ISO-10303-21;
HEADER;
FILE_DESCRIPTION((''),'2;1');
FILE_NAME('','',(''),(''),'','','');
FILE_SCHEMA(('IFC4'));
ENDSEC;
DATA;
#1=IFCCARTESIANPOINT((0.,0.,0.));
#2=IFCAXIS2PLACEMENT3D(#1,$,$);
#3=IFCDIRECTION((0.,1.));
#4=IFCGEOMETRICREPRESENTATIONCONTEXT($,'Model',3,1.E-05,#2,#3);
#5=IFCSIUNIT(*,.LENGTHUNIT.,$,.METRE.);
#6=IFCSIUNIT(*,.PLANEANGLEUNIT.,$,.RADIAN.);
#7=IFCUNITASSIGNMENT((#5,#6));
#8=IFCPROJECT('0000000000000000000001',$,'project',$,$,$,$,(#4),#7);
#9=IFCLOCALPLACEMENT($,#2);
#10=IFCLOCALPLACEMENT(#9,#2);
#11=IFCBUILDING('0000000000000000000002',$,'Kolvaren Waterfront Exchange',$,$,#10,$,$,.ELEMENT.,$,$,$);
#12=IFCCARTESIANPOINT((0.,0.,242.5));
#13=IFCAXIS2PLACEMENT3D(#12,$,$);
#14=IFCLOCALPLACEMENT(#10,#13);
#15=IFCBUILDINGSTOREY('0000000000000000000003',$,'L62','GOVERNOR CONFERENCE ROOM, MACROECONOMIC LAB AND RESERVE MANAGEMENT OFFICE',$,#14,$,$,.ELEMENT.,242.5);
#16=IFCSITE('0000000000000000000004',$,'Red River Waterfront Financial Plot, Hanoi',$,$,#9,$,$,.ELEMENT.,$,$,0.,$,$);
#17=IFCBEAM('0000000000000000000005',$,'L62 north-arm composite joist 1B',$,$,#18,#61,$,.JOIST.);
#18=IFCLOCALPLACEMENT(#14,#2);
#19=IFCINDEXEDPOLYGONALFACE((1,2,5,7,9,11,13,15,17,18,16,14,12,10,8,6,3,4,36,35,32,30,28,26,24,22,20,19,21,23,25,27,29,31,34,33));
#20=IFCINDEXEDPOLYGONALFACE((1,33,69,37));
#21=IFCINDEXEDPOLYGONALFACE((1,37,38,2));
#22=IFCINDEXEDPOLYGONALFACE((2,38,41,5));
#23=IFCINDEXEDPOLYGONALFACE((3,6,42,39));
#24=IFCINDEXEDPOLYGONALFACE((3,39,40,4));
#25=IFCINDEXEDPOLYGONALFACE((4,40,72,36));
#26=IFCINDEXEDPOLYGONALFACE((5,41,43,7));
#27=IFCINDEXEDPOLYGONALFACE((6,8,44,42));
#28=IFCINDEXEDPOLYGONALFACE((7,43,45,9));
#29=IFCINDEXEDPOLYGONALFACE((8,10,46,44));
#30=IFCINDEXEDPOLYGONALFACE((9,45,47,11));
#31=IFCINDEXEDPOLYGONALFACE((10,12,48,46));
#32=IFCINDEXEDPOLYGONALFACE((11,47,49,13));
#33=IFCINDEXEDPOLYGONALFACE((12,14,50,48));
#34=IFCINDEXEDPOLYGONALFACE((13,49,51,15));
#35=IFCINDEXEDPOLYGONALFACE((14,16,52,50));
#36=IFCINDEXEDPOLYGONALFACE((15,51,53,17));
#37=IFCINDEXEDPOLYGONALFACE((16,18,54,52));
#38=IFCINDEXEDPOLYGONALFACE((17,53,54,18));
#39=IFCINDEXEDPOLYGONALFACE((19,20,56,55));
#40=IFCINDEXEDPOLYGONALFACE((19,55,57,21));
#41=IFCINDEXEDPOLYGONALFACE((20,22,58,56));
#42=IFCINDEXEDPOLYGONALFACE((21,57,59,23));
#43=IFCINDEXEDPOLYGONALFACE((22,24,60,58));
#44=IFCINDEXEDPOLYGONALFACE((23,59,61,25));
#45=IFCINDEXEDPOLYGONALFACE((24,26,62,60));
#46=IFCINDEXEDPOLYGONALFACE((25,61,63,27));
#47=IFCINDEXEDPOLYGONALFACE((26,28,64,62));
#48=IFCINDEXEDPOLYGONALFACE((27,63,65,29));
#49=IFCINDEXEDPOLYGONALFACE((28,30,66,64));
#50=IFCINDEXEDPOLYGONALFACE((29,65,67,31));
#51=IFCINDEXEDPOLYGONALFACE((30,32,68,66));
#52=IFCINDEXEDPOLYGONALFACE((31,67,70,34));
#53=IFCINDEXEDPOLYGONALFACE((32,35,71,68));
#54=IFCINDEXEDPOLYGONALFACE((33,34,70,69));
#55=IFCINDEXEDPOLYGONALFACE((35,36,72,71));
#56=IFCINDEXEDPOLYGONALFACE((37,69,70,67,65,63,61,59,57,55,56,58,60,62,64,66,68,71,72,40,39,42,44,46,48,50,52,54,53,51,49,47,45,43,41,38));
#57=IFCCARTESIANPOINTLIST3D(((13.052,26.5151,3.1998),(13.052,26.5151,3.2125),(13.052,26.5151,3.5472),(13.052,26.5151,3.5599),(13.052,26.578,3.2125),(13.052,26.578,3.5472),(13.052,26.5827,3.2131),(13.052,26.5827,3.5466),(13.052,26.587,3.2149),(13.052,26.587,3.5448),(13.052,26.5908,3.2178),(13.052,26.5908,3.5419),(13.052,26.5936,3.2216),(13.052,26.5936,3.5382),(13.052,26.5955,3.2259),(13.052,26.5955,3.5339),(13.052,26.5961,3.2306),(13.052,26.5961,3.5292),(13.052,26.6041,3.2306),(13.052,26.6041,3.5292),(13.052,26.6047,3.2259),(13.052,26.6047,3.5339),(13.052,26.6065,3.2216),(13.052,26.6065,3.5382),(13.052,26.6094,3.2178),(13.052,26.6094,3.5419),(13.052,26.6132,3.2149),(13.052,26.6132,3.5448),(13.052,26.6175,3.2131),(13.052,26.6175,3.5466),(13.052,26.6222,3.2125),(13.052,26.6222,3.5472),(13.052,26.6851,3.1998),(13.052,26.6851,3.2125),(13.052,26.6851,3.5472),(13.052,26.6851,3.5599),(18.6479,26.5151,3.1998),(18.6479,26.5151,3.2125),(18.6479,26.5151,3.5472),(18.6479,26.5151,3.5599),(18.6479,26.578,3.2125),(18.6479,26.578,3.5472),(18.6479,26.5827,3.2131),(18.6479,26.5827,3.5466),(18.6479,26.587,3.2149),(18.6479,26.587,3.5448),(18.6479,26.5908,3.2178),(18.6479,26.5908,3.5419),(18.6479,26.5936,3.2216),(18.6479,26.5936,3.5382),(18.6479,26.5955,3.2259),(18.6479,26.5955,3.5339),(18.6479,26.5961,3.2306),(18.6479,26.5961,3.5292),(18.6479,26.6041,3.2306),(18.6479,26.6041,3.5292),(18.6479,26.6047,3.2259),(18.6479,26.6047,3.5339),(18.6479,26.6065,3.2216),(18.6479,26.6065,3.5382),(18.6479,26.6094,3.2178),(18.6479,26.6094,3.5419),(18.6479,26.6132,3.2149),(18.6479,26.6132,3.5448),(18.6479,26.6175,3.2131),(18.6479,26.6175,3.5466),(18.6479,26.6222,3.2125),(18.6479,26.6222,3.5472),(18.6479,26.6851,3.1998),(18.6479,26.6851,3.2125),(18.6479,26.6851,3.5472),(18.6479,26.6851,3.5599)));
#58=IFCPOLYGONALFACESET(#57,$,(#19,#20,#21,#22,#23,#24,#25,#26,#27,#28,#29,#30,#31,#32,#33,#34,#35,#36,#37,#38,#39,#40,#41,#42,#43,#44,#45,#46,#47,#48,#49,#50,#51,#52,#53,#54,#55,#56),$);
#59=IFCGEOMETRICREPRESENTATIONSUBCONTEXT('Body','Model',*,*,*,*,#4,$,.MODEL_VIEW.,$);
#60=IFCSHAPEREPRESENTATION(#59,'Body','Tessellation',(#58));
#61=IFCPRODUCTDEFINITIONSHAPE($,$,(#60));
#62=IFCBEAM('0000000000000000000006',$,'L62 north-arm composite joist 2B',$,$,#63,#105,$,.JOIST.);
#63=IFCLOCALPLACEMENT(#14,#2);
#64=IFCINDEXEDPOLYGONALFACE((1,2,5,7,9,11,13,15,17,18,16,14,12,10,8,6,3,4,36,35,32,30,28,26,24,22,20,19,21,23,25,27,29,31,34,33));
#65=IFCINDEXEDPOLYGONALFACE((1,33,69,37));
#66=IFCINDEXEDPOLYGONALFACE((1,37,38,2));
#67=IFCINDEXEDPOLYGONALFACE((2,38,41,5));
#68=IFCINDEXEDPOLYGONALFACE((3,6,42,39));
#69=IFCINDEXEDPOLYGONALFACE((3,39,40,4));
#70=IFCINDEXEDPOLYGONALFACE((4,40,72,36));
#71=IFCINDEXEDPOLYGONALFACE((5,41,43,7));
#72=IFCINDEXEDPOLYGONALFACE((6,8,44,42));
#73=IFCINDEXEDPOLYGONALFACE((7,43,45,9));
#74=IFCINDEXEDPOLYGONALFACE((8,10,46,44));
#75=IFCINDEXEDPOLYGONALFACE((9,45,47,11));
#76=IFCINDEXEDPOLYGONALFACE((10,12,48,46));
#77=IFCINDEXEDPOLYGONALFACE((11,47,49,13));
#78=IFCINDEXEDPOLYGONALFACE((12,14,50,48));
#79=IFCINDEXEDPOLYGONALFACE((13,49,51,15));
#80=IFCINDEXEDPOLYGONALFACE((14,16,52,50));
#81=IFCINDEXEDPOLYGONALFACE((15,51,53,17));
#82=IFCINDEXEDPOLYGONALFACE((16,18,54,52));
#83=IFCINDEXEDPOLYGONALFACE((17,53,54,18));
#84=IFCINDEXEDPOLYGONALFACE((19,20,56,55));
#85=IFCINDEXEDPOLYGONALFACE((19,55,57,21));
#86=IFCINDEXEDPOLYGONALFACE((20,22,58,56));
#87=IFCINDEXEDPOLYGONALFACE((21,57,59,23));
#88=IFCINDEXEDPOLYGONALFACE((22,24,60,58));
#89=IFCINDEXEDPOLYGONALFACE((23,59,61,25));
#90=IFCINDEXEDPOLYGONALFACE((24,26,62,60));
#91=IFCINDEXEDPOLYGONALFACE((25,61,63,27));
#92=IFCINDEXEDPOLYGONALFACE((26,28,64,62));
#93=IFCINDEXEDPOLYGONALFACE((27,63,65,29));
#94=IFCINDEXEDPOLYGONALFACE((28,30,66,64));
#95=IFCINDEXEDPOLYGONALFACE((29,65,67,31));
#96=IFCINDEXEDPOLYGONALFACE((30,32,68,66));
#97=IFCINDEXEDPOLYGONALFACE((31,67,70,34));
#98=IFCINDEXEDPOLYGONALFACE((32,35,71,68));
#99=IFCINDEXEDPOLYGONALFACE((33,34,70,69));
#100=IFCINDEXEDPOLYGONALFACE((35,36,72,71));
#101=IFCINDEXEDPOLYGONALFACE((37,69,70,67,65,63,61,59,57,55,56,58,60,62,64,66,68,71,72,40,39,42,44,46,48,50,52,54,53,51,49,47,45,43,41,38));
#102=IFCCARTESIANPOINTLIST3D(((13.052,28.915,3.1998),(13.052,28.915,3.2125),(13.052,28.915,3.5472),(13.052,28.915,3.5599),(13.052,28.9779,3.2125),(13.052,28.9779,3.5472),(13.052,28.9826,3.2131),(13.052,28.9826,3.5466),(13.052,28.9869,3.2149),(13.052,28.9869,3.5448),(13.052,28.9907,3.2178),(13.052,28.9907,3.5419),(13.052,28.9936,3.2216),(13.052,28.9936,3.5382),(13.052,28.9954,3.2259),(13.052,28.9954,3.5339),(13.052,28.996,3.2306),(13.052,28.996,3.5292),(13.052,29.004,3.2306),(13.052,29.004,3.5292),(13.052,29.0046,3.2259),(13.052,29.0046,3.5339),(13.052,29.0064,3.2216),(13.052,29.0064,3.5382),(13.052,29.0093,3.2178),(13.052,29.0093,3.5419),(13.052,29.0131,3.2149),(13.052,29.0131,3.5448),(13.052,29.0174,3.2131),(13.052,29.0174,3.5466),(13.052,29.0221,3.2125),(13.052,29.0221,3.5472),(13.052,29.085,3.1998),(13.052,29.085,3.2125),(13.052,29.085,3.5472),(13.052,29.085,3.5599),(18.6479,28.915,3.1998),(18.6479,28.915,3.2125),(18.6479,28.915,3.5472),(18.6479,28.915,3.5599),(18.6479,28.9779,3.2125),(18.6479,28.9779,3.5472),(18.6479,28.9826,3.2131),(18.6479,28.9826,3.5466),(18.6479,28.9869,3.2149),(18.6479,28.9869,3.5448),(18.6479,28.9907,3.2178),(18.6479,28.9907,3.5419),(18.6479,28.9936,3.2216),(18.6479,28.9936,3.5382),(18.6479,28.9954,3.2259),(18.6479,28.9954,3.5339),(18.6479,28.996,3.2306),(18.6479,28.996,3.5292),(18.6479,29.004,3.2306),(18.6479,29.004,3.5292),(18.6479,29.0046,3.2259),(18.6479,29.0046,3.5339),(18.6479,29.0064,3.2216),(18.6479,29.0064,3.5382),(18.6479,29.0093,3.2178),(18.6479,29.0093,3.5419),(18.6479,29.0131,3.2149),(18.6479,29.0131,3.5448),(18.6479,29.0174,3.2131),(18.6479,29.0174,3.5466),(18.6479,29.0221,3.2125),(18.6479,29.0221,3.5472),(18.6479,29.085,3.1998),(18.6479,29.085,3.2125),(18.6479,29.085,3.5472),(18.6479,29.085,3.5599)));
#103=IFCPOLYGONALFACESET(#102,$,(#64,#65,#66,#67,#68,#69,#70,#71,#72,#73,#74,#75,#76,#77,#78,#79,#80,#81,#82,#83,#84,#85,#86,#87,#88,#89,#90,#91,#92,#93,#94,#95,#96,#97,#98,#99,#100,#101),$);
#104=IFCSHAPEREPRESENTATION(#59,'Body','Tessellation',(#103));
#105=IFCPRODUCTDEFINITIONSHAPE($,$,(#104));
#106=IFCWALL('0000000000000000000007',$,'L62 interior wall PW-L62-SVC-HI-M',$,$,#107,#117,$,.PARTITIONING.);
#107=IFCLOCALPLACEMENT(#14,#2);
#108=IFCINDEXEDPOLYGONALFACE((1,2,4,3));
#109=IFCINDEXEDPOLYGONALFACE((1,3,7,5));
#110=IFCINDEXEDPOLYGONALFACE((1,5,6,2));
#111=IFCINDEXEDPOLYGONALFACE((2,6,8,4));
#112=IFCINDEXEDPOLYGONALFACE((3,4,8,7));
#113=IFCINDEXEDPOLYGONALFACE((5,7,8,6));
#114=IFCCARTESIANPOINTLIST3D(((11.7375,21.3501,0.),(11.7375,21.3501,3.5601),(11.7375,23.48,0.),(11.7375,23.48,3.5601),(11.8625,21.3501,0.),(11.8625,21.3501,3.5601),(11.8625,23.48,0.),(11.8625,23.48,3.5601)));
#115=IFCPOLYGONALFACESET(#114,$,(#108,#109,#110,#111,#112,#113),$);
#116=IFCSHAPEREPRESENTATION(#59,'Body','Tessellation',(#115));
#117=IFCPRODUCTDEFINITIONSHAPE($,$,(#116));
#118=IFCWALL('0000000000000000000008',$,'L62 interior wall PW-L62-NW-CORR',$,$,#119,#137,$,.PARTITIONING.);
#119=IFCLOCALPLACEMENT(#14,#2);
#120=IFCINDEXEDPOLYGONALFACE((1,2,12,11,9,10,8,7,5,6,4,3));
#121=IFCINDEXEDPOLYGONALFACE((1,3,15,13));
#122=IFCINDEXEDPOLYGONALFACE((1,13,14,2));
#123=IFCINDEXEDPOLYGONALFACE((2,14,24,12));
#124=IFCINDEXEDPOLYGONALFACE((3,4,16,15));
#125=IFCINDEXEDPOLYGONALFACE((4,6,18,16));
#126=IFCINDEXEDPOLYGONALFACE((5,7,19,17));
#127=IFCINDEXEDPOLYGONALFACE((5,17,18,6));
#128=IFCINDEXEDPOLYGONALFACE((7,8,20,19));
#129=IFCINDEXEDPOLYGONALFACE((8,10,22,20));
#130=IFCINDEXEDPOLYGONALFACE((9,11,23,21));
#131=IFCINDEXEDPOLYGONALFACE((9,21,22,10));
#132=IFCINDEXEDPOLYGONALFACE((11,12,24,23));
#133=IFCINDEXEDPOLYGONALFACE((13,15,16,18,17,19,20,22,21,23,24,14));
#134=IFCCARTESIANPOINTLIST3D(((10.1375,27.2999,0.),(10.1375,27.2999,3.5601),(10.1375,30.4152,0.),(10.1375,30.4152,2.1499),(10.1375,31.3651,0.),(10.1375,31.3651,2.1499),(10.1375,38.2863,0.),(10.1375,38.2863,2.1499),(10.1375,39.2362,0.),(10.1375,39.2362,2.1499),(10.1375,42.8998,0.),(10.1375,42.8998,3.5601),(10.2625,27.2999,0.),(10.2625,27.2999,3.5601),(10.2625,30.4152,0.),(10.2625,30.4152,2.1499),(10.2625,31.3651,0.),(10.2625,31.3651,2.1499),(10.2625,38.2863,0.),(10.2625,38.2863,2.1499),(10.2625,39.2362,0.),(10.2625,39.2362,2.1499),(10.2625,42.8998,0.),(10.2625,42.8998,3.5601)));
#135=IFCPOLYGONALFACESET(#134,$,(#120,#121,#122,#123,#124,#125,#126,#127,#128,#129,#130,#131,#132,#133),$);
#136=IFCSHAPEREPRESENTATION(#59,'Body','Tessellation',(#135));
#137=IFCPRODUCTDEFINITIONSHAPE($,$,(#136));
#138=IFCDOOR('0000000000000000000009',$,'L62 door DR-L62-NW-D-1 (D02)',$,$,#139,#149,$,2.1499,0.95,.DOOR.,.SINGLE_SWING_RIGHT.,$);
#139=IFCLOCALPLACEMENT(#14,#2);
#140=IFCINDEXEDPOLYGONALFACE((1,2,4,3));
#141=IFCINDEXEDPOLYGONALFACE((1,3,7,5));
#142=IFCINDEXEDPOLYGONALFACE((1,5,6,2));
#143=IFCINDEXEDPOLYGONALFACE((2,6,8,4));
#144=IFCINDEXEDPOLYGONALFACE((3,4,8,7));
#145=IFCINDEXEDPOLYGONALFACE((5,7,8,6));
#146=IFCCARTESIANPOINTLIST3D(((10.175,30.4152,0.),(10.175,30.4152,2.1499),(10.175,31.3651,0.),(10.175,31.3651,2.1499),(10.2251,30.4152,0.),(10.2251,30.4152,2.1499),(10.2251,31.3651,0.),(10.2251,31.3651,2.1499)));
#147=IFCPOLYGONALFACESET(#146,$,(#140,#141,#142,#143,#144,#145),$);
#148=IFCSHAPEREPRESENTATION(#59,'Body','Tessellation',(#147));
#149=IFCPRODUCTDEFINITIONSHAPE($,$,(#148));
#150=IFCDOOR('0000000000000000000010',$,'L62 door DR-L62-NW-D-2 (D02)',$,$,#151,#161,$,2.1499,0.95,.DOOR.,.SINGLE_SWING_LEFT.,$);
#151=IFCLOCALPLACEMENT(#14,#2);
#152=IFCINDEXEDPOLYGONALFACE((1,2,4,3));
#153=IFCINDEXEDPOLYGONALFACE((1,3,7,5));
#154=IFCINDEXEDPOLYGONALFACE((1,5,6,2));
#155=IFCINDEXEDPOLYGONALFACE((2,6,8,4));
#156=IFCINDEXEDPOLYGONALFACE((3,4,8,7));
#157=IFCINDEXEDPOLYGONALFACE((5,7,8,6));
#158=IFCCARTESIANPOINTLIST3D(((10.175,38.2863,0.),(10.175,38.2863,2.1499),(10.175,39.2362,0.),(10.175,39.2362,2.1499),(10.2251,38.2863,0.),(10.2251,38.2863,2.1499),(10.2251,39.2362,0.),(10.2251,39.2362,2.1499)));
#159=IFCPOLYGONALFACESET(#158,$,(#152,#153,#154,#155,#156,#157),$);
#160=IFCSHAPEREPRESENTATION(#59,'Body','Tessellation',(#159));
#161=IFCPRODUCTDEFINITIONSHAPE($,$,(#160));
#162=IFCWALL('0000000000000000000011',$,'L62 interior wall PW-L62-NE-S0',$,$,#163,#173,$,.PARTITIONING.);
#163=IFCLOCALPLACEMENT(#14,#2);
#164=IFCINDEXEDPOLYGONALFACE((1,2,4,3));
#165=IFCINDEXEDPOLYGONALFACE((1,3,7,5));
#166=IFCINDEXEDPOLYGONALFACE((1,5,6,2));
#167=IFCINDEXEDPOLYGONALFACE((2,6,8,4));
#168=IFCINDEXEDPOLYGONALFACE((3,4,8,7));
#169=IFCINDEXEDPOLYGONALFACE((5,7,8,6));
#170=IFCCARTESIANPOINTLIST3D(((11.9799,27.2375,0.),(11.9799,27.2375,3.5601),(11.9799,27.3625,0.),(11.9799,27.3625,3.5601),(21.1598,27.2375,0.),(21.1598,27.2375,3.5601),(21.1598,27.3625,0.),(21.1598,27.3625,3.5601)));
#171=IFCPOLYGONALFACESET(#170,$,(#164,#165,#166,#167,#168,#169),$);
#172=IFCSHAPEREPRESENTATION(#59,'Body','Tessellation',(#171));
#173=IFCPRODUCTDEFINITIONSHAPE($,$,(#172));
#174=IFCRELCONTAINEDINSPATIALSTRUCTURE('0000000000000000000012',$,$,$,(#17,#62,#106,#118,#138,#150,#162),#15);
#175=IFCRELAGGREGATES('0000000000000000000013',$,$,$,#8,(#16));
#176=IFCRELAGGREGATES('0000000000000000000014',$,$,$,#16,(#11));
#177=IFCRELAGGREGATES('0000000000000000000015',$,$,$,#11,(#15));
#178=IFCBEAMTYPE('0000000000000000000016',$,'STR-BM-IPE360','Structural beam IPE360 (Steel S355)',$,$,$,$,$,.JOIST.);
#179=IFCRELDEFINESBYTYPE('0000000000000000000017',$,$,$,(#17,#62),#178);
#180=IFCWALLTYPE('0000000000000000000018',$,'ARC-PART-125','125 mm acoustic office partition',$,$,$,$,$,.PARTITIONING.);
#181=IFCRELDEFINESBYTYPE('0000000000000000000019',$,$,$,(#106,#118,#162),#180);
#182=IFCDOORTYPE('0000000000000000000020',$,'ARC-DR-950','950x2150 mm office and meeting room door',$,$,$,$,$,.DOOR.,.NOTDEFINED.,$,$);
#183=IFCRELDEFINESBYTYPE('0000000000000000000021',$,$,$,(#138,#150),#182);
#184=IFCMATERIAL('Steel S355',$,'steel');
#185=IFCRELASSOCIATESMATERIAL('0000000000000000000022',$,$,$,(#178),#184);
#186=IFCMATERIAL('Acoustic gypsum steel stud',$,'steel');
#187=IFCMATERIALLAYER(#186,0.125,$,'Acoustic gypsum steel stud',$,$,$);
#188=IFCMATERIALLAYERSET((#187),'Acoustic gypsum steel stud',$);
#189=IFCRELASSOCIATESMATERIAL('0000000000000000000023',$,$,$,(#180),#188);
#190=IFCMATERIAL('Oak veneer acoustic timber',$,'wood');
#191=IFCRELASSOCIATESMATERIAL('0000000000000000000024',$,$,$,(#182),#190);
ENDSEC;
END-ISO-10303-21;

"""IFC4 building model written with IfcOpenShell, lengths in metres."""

from ifc_helpers import new_model, si_unit, direction, frame, frame_2d, origin, origin_2d, place, context, subcontext, project, spatial, rectangle, i_section, extrude, material, layer, layer_set, material_profile, profile_set, type_object, element, fill, save


model = new_model("IFC4")

# Units and contexts
model_context = context("Model", 3, precision=1e-05, world=origin(), true_north=direction((0.0, 1.0)))
body_context = subcontext(model_context, "Body", "Model", "MODEL_VIEW")
ifc_project = project(units=[si_unit("LENGTHUNIT", "METRE"), si_unit("PLANEANGLEUNIT", "RADIAN")], contexts=[model_context])

# Site, building, storey
site_placement = place(None, origin())
site = spatial("IfcSite", under=ifc_project, at=site_placement, Name="Red River Waterfront Financial Plot, Hanoi", CompositionType="ELEMENT", RefElevation=0.0)
building_placement = place(site_placement, origin())
building = spatial("IfcBuilding", under=site, at=building_placement, Name="Kolvaren Waterfront Exchange", CompositionType="ELEMENT")
storey_placement = place(building_placement, frame((0.0, 0.0, 242.5)))
storey = spatial("IfcBuildingStorey", under=building, at=storey_placement, Name="L62", Description="GOVERNOR CONFERENCE ROOM, MACROECONOMIC LAB AND RESERVE MANAGEMENT OFFICE", CompositionType="ELEMENT", Elevation=242.5)

# Beams
ifc_material_1 = material(Name="Steel S355", Category="steel")
ifc_material_profile_1 = material_profile(ifc_material_1, i_section(OverallWidth=0.1699, OverallDepth=0.3601, WebThickness=0.0081, FlangeThickness=0.0127, FilletRadius=0.0181, at=origin_2d()), Name="IPE360")
ifc_profile_set_1 = profile_set([ifc_material_profile_1], Name="Steel S355")
beam_type_1 = type_object("IfcBeamType", Name="STR-BM-IPE360", Description="Structural beam IPE360 (Steel S355)", PredefinedType="JOIST", material=ifc_profile_set_1)
for number, where, z_axis, x_axis, name in (
    (1, (13.052, 26.6001, 3.3799), (1.0, 0.0, 0.0), (0.0, 1.0, 0.0), "L62 north-arm composite joist 1B"),
    (2, (13.052, 29.0, 3.3799), (1.0, 0.0, 0.0), (0.0, 1.0, 0.0), "L62 north-arm composite joist 2B"),
):
    element("IfcBeam", number, at=place(storey_placement, frame(where, z_axis=z_axis, x_axis=x_axis)), inside=storey, type_object=beam_type_1, Name=name, PredefinedType="JOIST", context=body_context, shape_type="SweptSolid", body=[
        extrude(i_section(OverallWidth=0.1699, OverallDepth=0.3601, WebThickness=0.0081, FlangeThickness=0.0127, FilletRadius=0.0181, at=origin_2d()), origin(), (0.0, 0.0, 1.0), 5.5959),
    ])

# Shared definitions
ifc_material_2 = material(Name="Acoustic gypsum steel stud", Category="steel")
ifc_layer_1 = layer(ifc_material_2, 0.125, Name="Acoustic gypsum steel stud")
ifc_layer_set_1 = layer_set([ifc_layer_1], Name="Acoustic gypsum steel stud")
wall_type_1 = type_object("IfcWallType", Name="ARC-PART-125", Description="125 mm acoustic office partition", PredefinedType="PARTITIONING", material=ifc_layer_set_1)

# Wall
wall_1_placement = place(storey_placement, frame((11.8, 21.3501, 0.0), z_axis=(0.0, 0.0, 1.0), x_axis=(0.0, 1.0, 0.0)))
element("IfcWall", 3, at=wall_1_placement, inside=storey, type_object=wall_type_1, Name="L62 interior wall PW-L62-SVC-HI-M", PredefinedType="PARTITIONING", context=body_context, shape_type="SweptSolid", body=[
    extrude(rectangle(XDim=2.1299, YDim=0.125, at=frame_2d((1.0649, 0.0))), origin(), (0.0, 0.0, 1.0), 3.5601),
])

# Wall, openings, doors
wall_2_placement = place(storey_placement, frame((10.2, 27.3, 0.0), z_axis=(0.0, 0.0, 1.0), x_axis=(0.0, 1.0, 0.0)))
wall_2 = element("IfcWall", 4, at=wall_2_placement, inside=storey, type_object=wall_type_1, Name="L62 interior wall PW-L62-NW-CORR", PredefinedType="PARTITIONING", context=body_context, shape_type="SweptSolid", body=[
    extrude(rectangle(XDim=15.5999, YDim=0.125, at=frame_2d((7.7998, 0.0))), origin(), (0.0, 0.0, 1.0), 3.5601),
])
opening_1_placement = place(wall_2_placement, frame((3.115, 0.0, 0.0)))
opening_1 = element("IfcOpeningElement", 5, at=opening_1_placement, cuts=wall_2, PredefinedType="OPENING", context=body_context, shape_type="SweptSolid", body=[
    extrude(rectangle(XDim=0.95, YDim=2.1499, at=frame_2d((0.4751, 1.075))), frame((0.0, 0.0725, 0.0), z_axis=(0.0, -1.0, 0.0), x_axis=(1.0, 0.0, 0.0)), (0.0, 0.0, 1.0), 0.145),
])
opening_2_placement = place(wall_2_placement, frame((10.9861, 0.0, 0.0)))
opening_2 = element("IfcOpeningElement", 6, at=opening_2_placement, cuts=wall_2, PredefinedType="OPENING", context=body_context, shape_type="SweptSolid", body=[
    extrude(rectangle(XDim=0.95, YDim=2.1499, at=frame_2d((0.4751, 1.075))), frame((0.0, 0.0725, 0.0), z_axis=(0.0, -1.0, 0.0), x_axis=(1.0, 0.0, 0.0)), (0.0, 0.0, 1.0), 0.145),
])
ifc_material_3 = material(Name="Oak veneer acoustic timber", Category="wood")
door_type_1 = type_object("IfcDoorType", Name="ARC-DR-950", Description="950x2150 mm office and meeting room door", OperationType="NOTDEFINED", PredefinedType="DOOR", material=ifc_material_3)
door_1_placement = place(opening_1_placement, origin())
door_1 = element("IfcDoor", 7, at=door_1_placement, inside=storey, type_object=door_type_1, Name="L62 door DR-L62-NW-D-1 (D02)", OperationType="SINGLE_SWING_RIGHT", OverallHeight=2.1499, OverallWidth=0.95, PredefinedType="DOOR", context=body_context, shape_type="SweptSolid", body=[
    extrude(rectangle(XDim=0.95, YDim=2.1499, at=frame_2d((0.4751, 1.075))), frame((0.0, 0.0249, 0.0), z_axis=(0.0, -1.0, 0.0), x_axis=(1.0, 0.0, 0.0)), (0.0, 0.0, 1.0), 0.05),
])
fill(opening_1, door_1)
door_2_placement = place(opening_2_placement, origin())
door_2 = element("IfcDoor", 8, at=door_2_placement, inside=storey, type_object=door_type_1, Name="L62 door DR-L62-NW-D-2 (D02)", OperationType="SINGLE_SWING_LEFT", OverallHeight=2.1499, OverallWidth=0.95, PredefinedType="DOOR", context=body_context, shape_type="SweptSolid", body=[
    extrude(rectangle(XDim=0.95, YDim=2.1499, at=frame_2d((0.4751, 1.075))), frame((0.0, 0.0249, 0.0), z_axis=(0.0, -1.0, 0.0), x_axis=(1.0, 0.0, 0.0)), (0.0, 0.0, 1.0), 0.05),
])
fill(opening_2, door_2)

# Wall
wall_3_placement = place(storey_placement, frame((11.98, 27.3, 0.0), z_axis=(0.0, 0.0, 1.0), x_axis=(1.0, 0.0, 0.0)))
element("IfcWall", 9, at=wall_3_placement, inside=storey, type_object=wall_type_1, Name="L62 interior wall PW-L62-NE-S0", PredefinedType="PARTITIONING", context=body_context, shape_type="SweptSolid", body=[
    extrude(rectangle(XDim=9.1799, YDim=0.125, at=frame_2d((4.5898, 0.0))), origin(), (0.0, 0.0, 1.0), 3.5601),
])

save(model, "model.ifc")
